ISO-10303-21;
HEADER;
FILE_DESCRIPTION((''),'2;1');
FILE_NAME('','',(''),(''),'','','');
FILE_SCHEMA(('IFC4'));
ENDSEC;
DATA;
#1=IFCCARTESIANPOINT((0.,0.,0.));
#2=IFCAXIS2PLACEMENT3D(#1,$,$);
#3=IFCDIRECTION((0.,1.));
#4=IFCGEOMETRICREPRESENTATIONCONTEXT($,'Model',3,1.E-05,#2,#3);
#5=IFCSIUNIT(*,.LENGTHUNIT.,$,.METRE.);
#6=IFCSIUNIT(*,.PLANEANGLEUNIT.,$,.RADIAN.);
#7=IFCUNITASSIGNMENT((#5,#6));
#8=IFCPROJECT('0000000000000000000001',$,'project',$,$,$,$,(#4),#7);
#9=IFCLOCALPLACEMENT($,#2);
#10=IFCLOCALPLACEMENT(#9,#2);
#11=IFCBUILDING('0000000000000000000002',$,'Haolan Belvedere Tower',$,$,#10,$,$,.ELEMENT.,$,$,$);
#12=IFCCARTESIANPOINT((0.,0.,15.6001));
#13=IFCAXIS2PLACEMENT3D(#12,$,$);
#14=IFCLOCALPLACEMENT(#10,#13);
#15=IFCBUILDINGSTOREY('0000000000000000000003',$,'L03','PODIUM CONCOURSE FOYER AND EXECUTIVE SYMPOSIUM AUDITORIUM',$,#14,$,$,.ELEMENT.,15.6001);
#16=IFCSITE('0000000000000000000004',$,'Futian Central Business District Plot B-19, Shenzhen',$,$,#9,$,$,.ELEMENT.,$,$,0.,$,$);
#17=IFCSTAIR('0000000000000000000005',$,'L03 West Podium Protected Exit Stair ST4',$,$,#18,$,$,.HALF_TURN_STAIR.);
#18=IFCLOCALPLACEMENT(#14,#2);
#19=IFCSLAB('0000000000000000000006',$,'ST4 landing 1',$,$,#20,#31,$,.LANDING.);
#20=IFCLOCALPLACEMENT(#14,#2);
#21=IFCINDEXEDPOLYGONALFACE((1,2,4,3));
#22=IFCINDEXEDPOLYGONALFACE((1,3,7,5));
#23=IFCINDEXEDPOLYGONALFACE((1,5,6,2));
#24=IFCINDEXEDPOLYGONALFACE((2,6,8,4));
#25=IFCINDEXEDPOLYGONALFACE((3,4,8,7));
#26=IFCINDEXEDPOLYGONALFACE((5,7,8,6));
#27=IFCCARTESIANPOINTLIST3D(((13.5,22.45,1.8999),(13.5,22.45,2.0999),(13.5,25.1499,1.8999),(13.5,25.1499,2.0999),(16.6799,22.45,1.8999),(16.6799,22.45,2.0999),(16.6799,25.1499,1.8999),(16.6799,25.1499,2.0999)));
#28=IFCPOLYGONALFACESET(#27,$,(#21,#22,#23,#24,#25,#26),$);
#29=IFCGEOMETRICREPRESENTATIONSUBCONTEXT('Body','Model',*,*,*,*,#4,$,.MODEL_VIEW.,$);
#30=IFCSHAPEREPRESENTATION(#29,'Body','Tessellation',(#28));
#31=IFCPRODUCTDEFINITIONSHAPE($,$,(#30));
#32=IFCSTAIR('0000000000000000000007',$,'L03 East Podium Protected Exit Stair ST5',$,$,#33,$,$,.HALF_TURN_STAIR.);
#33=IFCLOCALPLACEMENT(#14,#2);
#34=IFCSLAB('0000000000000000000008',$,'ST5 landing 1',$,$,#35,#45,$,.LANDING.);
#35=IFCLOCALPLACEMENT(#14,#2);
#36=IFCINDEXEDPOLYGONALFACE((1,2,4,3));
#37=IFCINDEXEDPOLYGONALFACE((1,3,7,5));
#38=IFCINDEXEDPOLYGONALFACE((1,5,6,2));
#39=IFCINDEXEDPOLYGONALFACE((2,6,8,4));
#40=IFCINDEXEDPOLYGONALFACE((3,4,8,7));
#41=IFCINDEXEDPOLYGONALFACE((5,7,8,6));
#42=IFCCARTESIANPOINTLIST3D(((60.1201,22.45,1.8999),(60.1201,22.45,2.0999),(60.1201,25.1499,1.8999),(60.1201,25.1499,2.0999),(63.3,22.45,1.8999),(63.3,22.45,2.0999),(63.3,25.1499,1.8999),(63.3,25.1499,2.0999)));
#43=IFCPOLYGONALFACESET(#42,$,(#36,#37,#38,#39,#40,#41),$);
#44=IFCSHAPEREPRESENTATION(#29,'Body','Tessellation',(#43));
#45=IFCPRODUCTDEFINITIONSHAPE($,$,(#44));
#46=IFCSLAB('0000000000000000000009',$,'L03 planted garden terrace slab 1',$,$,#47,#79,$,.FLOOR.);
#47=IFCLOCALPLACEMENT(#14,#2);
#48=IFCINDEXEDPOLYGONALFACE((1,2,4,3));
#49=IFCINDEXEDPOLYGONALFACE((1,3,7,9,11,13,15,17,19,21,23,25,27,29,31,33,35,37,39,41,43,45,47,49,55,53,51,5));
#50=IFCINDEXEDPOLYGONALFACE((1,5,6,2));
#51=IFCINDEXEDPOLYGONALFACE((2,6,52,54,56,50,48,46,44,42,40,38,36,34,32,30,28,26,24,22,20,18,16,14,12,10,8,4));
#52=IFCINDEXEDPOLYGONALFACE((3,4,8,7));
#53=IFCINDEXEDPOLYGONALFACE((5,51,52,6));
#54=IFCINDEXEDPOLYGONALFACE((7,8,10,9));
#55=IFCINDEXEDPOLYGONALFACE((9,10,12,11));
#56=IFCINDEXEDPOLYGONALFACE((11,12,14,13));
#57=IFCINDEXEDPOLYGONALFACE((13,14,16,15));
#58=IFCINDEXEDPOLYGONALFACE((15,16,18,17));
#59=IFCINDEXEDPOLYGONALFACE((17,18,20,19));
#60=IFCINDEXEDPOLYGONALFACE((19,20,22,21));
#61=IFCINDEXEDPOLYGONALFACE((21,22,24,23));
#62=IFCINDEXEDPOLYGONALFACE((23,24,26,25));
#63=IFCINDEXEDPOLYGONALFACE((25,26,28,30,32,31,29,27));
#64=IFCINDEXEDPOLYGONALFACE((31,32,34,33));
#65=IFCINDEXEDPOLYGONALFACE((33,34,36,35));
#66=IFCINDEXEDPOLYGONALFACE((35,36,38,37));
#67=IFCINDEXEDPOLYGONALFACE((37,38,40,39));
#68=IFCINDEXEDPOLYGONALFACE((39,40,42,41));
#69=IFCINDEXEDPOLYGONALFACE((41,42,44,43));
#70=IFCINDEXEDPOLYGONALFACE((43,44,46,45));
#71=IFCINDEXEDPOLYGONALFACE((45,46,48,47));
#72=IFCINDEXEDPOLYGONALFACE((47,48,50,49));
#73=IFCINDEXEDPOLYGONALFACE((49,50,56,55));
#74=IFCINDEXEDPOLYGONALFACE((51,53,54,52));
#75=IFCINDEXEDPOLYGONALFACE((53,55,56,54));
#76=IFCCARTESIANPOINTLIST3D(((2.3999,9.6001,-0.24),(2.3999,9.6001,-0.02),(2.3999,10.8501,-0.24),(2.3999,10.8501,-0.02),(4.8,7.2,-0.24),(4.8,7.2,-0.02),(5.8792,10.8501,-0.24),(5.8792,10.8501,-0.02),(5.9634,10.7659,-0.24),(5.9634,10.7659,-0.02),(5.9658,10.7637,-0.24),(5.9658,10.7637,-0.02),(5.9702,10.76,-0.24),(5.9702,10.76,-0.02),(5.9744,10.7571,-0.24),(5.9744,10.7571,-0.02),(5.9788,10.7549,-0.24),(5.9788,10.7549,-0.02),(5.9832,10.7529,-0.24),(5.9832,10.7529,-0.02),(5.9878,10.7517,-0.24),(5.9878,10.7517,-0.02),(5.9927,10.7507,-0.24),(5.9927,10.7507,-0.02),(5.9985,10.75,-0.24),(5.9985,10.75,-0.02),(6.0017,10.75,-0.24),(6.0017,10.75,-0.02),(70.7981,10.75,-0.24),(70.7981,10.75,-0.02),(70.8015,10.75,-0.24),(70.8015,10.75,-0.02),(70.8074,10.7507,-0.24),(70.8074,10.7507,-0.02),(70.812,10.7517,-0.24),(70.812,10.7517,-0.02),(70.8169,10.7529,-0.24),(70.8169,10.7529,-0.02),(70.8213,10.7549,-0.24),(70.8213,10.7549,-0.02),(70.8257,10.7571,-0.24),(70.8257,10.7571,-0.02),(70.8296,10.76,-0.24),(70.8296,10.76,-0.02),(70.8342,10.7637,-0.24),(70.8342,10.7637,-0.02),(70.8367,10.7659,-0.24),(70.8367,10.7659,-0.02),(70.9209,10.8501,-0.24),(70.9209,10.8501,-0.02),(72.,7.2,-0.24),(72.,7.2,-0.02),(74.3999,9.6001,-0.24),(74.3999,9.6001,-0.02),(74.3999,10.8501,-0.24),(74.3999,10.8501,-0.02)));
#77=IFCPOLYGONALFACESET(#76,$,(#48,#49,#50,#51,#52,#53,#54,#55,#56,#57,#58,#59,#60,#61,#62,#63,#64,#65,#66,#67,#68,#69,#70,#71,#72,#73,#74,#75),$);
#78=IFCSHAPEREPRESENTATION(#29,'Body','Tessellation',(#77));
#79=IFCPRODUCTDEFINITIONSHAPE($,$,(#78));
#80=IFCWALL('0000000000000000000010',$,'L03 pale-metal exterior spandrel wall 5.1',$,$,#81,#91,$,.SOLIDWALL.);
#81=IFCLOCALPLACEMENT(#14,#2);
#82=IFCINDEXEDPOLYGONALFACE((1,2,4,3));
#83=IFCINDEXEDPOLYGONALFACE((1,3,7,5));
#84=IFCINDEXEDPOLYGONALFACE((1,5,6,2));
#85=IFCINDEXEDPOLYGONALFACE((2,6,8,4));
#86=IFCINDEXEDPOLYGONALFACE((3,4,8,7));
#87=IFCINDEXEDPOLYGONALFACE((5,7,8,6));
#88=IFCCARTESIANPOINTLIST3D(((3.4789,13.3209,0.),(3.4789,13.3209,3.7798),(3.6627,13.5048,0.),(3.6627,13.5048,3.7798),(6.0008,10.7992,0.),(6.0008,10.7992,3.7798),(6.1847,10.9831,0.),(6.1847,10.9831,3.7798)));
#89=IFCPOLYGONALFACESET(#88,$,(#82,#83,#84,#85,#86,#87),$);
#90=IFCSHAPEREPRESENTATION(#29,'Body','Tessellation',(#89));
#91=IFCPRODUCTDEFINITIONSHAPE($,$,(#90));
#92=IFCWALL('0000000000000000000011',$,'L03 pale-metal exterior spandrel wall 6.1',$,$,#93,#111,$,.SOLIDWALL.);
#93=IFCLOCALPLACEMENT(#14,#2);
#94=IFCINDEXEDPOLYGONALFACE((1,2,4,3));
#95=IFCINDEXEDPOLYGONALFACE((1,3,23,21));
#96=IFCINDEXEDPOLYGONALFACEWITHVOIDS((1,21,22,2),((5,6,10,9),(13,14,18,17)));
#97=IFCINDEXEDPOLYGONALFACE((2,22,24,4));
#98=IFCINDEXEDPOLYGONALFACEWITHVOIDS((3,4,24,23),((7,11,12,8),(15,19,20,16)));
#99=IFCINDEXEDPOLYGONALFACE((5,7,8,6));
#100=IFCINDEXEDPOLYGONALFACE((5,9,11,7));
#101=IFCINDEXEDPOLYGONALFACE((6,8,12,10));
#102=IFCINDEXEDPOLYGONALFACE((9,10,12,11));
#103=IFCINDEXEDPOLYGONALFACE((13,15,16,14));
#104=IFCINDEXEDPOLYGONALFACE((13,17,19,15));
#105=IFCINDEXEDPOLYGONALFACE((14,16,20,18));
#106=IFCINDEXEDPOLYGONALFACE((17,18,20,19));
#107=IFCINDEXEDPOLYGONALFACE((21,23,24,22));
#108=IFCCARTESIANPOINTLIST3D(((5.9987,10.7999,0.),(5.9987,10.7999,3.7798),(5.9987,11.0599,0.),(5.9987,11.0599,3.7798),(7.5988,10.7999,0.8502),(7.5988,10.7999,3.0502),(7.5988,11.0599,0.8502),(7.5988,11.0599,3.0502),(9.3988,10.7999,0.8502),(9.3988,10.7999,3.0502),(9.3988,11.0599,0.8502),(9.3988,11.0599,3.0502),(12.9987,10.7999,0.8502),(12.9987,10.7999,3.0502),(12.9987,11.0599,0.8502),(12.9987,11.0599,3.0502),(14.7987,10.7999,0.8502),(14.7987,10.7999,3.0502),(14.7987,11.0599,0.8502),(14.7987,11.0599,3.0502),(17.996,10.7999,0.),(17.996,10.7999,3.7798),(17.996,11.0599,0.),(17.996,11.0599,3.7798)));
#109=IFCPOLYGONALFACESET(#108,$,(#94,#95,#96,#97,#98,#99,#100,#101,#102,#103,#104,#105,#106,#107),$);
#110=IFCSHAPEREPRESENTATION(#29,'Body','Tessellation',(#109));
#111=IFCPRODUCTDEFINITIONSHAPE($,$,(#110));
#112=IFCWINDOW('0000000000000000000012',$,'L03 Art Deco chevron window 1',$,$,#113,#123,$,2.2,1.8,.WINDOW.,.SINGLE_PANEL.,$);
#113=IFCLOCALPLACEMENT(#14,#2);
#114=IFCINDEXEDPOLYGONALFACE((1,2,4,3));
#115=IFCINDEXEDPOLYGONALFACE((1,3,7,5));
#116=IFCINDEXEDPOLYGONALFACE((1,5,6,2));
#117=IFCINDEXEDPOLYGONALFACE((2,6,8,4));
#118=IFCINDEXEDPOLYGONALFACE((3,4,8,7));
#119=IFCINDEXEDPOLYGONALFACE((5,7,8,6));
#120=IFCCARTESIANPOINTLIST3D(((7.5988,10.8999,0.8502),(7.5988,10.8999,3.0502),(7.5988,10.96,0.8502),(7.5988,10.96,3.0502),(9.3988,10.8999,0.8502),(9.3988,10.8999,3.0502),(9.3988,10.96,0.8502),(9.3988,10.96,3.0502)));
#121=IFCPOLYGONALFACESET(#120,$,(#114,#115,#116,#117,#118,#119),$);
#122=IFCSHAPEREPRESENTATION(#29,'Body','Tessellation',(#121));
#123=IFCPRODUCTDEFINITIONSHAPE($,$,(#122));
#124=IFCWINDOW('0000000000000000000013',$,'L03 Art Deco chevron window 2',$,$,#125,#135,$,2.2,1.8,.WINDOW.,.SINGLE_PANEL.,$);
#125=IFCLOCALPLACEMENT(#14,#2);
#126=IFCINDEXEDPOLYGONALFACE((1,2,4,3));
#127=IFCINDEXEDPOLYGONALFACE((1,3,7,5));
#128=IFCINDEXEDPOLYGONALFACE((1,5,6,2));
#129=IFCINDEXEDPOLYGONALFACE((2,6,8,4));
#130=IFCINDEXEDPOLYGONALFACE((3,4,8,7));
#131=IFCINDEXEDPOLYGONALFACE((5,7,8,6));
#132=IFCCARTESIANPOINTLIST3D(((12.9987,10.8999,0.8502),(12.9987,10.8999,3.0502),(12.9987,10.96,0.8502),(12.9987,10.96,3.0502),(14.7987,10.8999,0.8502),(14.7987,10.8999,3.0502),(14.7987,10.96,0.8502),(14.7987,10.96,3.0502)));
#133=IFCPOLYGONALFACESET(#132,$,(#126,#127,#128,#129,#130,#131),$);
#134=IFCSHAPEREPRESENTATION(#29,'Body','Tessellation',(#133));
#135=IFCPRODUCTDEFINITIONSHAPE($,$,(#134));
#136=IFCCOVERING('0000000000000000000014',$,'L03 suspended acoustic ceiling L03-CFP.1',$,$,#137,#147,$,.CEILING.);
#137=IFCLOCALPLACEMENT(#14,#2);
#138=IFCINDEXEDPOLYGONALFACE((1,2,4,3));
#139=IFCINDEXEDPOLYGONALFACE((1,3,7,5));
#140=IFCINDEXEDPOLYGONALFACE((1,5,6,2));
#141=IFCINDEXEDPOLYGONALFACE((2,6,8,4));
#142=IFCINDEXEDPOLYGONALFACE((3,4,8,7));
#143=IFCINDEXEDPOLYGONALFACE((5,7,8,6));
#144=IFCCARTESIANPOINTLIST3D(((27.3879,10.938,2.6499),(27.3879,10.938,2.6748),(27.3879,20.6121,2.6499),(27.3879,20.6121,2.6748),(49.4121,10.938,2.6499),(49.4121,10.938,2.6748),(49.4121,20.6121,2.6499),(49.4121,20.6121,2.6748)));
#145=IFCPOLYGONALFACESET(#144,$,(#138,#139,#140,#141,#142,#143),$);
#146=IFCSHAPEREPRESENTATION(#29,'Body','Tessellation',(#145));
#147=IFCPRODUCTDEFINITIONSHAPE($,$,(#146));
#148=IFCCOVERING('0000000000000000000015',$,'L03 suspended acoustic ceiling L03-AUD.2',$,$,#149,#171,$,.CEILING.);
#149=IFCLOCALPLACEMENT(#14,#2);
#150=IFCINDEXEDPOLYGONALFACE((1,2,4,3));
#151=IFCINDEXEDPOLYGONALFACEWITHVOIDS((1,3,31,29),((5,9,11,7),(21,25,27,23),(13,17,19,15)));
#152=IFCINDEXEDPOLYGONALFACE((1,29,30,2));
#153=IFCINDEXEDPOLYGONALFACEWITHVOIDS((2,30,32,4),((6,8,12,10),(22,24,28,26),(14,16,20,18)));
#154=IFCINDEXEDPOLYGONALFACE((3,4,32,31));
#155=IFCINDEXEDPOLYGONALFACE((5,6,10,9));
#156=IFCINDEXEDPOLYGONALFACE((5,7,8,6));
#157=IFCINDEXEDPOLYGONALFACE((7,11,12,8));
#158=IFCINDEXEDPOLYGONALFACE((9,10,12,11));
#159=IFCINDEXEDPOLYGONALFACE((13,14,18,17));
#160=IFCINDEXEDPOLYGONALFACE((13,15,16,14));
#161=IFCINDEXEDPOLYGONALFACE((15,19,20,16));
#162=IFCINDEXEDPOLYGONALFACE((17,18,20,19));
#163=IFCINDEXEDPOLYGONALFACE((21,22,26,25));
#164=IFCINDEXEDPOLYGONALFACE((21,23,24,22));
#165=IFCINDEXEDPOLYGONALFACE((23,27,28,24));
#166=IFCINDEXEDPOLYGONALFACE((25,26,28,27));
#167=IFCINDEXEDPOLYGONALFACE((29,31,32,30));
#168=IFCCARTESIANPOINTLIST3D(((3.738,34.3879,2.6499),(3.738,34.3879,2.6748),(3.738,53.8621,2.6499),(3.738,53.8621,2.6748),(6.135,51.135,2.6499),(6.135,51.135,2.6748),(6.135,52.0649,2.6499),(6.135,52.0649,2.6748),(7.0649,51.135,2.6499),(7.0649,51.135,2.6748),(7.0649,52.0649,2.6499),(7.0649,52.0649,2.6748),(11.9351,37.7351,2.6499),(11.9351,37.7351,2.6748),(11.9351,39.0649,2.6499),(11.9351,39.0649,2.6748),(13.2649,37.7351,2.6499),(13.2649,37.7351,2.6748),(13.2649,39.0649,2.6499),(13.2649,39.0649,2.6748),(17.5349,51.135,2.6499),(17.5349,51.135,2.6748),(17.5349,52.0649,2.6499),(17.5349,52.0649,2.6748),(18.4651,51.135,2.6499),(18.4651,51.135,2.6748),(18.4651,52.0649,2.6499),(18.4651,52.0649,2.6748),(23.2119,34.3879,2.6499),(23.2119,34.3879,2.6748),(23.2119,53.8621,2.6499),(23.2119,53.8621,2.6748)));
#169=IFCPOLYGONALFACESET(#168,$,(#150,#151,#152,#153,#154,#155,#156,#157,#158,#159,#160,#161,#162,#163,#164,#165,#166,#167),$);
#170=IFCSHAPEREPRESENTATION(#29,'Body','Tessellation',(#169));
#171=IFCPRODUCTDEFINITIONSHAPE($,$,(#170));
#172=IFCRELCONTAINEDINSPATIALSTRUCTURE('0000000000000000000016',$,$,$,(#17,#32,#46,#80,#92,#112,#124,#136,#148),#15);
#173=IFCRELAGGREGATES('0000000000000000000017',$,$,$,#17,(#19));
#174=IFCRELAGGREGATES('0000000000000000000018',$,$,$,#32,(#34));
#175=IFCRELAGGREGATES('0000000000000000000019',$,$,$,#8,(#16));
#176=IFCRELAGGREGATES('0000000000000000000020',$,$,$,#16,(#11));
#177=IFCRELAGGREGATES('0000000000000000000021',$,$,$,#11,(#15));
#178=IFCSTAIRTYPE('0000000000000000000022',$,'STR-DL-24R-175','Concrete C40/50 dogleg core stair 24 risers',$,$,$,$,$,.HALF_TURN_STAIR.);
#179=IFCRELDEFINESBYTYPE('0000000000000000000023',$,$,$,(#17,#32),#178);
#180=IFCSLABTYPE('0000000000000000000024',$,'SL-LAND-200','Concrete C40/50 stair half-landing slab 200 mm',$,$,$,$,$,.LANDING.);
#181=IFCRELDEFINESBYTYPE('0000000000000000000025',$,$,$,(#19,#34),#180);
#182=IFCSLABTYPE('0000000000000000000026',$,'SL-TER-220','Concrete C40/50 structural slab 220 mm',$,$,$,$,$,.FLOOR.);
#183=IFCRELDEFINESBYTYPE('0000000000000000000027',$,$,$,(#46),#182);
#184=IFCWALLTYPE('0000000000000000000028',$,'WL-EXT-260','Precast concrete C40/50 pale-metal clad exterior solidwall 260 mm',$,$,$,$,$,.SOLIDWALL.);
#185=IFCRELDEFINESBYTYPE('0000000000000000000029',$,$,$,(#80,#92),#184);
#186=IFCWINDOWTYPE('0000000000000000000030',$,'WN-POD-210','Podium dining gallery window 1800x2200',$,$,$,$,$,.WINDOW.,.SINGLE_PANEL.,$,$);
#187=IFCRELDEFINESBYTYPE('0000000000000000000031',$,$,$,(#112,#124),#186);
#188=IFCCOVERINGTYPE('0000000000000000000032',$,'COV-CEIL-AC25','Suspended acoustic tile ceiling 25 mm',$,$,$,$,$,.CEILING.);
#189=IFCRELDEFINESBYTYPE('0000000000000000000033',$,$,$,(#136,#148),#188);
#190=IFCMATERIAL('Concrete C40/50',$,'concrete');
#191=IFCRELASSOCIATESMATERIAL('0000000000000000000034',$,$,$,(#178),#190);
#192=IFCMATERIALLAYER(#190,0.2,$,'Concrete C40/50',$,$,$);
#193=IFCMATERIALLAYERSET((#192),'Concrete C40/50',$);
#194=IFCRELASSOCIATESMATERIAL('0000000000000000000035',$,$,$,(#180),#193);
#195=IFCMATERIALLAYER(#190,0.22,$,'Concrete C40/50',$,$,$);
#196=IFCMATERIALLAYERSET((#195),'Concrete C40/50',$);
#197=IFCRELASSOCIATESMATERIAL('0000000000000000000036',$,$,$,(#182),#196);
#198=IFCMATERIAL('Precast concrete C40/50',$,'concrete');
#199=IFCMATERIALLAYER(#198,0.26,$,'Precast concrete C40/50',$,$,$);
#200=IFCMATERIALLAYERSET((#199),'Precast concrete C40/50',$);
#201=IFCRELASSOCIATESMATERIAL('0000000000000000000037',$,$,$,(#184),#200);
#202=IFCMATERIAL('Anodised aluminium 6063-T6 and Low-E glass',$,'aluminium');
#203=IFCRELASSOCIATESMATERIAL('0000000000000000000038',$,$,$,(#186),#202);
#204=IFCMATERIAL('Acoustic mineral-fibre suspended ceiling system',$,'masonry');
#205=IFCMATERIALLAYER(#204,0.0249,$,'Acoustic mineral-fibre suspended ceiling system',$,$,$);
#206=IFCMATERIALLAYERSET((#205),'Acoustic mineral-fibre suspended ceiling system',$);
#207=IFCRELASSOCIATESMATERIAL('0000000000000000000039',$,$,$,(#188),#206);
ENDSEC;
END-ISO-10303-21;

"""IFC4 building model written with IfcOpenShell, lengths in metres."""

from ifc_helpers import new_model, si_unit, direction, frame, frame_2d, origin, place, context, subcontext, project, spatial, polyline, rectangle, outline, extrude, material, layer, layer_set, type_object, element, fill, aggregate, save


model = new_model("IFC4")

# Units and contexts
model_context = context("Model", 3, precision=1e-05, world=origin(), true_north=direction((0.0, 1.0)))
body_context = subcontext(model_context, "Body", "Model", "MODEL_VIEW")
ifc_project = project(units=[si_unit("LENGTHUNIT", "METRE"), si_unit("PLANEANGLEUNIT", "RADIAN")], contexts=[model_context])

# Site, building, storey
site_placement = place(None, origin())
site = spatial("IfcSite", under=ifc_project, at=site_placement, Name="Futian Central Business District Plot B-19, Shenzhen", CompositionType="ELEMENT", RefElevation=0.0)
building_placement = place(site_placement, origin())
building = spatial("IfcBuilding", under=site, at=building_placement, Name="Haolan Belvedere Tower", CompositionType="ELEMENT")
storey_placement = place(building_placement, frame((0.0, 0.0, 15.6001)))
storey = spatial("IfcBuildingStorey", under=building, at=storey_placement, Name="L03", Description="PODIUM CONCOURSE FOYER AND EXECUTIVE SYMPOSIUM AUDITORIUM", CompositionType="ELEMENT", Elevation=15.6001)

# Shared definitions
ifc_material_1 = material(Name="Concrete C40/50", Category="concrete")

# Stairs, slabs
stair_type = type_object("IfcStairType", Name="STR-DL-24R-175", Description="Concrete C40/50 dogleg core stair 24 risers", PredefinedType="HALF_TURN_STAIR", material=ifc_material_1)
ifc_layer_1 = layer(ifc_material_1, 0.2, Name="Concrete C40/50")
ifc_layer_set_1 = layer_set([ifc_layer_1], Name="Concrete C40/50")
slab_type_1 = type_object("IfcSlabType", Name="SL-LAND-200", Description="Concrete C40/50 stair half-landing slab 200 mm", PredefinedType="LANDING", material=ifc_layer_set_1)
stair_1_placement = place(storey_placement, origin())
stair_1 = element("IfcStair", 1, at=stair_1_placement, inside=storey, type_object=stair_type, Name="L03 West Podium Protected Exit Stair ST4", PredefinedType="HALF_TURN_STAIR")
slab_1_placement = place(storey_placement, frame((0.0, 0.0, 1.8999)))
slab_1 = element("IfcSlab", 2, at=slab_1_placement, type_object=slab_type_1, Name="ST4 landing 1", PredefinedType="LANDING", context=body_context, shape_type="SweptSolid", body=[
    extrude(outline(polyline([(13.5, 25.1499), (13.5, 22.45), (16.6799, 22.45), (16.6799, 25.1499), (13.5, 25.1499)])), origin(), (0.0, 0.0, 1.0), 0.2),
])
aggregate(stair_1, [slab_1])
stair_2_placement = place(storey_placement, origin())
stair_2 = element("IfcStair", 3, at=stair_2_placement, inside=storey, type_object=stair_type, Name="L03 East Podium Protected Exit Stair ST5", PredefinedType="HALF_TURN_STAIR")
slab_2_placement = place(storey_placement, frame((0.0, 0.0, 1.8999)))
slab_2 = element("IfcSlab", 4, at=slab_2_placement, type_object=slab_type_1, Name="ST5 landing 1", PredefinedType="LANDING", context=body_context, shape_type="SweptSolid", body=[
    extrude(outline(polyline([(60.1201, 25.1499), (60.1201, 22.45), (63.3, 22.45), (63.3, 25.1499), (60.1201, 25.1499)])), origin(), (0.0, 0.0, 1.0), 0.2),
])
aggregate(stair_2, [slab_2])

# Slab
ifc_layer_2 = layer(ifc_material_1, 0.22, Name="Concrete C40/50")
ifc_layer_set_2 = layer_set([ifc_layer_2], Name="Concrete C40/50")
slab_type_2 = type_object("IfcSlabType", Name="SL-TER-220", Description="Concrete C40/50 structural slab 220 mm", PredefinedType="FLOOR", material=ifc_layer_set_2)
slab_3_placement = place(storey_placement, frame((0.0, 0.0, -0.24)))
element("IfcSlab", 5, at=slab_3_placement, inside=storey, type_object=slab_type_2, Name="L03 planted garden terrace slab 1", PredefinedType="FLOOR", context=body_context, shape_type="SweptSolid", body=[
    extrude(outline(polyline([(74.3999, 10.8501), (70.9209, 10.8501), (70.8367, 10.7659), (70.8342, 10.7637), (70.8296, 10.76), (70.8257, 10.7571), (70.8213, 10.7549), (70.8169, 10.7529), (70.812, 10.7517), (70.8074, 10.7507), (70.8015, 10.75), (70.7981, 10.75), (6.0017, 10.75), (5.9985, 10.75), (5.9927, 10.7507), (5.9878, 10.7517), (5.9832, 10.7529), (5.9788, 10.7549), (5.9744, 10.7571), (5.9702, 10.76), (5.9658, 10.7637), (5.9634, 10.7659), (5.8792, 10.8501), (2.3999, 10.8501), (2.3999, 9.6001), (4.8, 7.2), (72.0, 7.2), (74.3999, 9.6001), (74.3999, 10.8501)])), origin(), (0.0, 0.0, 1.0), 0.22),
])

# Wall
ifc_material_2 = material(Name="Precast concrete C40/50", Category="concrete")
ifc_layer_3 = layer(ifc_material_2, 0.26, Name="Precast concrete C40/50")
ifc_layer_set_3 = layer_set([ifc_layer_3], Name="Precast concrete C40/50")
wall_type = type_object("IfcWallType", Name="WL-EXT-260", Description="Precast concrete C40/50 pale-metal clad exterior solidwall 260 mm", PredefinedType="SOLIDWALL", material=ifc_layer_set_3)
wall_1_placement = place(storey_placement, frame((3.5708, 13.4128, 0.0), z_axis=(0.0, 0.0, 1.0), x_axis=(0.707141, -0.707073, 0.0)))
element("IfcWall", 6, at=wall_1_placement, inside=storey, type_object=wall_type, Name="L03 pale-metal exterior spandrel wall 5.1", PredefinedType="SOLIDWALL", context=body_context, shape_type="SweptSolid", body=[
    extrude(rectangle(XDim=3.5664, YDim=0.26, at=frame_2d((1.7832, 0.0))), origin(), (0.0, 0.0, 1.0), 3.7798),
])

# Wall, openings, windows
wall_2_placement = place(storey_placement, frame((5.9988, 10.9299, 0.0), z_axis=(0.0, 0.0, 1.0), x_axis=(1.0, 0.0, 0.0)))
wall_2 = element("IfcWall", 7, at=wall_2_placement, inside=storey, type_object=wall_type, Name="L03 pale-metal exterior spandrel wall 6.1", PredefinedType="SOLIDWALL", context=body_context, shape_type="SweptSolid", body=[
    extrude(rectangle(XDim=11.9973, YDim=0.26, at=frame_2d((5.9985, 0.0))), origin(), (0.0, 0.0, 1.0), 3.7798),
])
opening_1_placement = place(wall_2_placement, frame((1.6001, 0.0, 0.8501)))
opening_1 = element("IfcOpeningElement", 8, at=opening_1_placement, cuts=wall_2, PredefinedType="OPENING", context=body_context, shape_type="SweptSolid", body=[
    extrude(rectangle(XDim=1.8, YDim=2.2, at=frame_2d((0.8999, 1.1001))), frame((0.0, 0.1399, 0.0), z_axis=(0.0, -1.0, 0.0), x_axis=(1.0, 0.0, 0.0)), (0.0, 0.0, 1.0), 0.28),
])
opening_2_placement = place(wall_2_placement, frame((7.0, 0.0, 0.8501)))
opening_2 = element("IfcOpeningElement", 9, at=opening_2_placement, cuts=wall_2, PredefinedType="OPENING", context=body_context, shape_type="SweptSolid", body=[
    extrude(rectangle(XDim=1.8, YDim=2.2, at=frame_2d((0.8999, 1.1001))), frame((0.0, 0.1399, 0.0), z_axis=(0.0, -1.0, 0.0), x_axis=(1.0, 0.0, 0.0)), (0.0, 0.0, 1.0), 0.28),
])
ifc_material_3 = material(Name="Anodised aluminium 6063-T6 and Low-E glass", Category="aluminium")
window_type = type_object("IfcWindowType", Name="WN-POD-210", Description="Podium dining gallery window 1800x2200", PartitioningType="SINGLE_PANEL", PredefinedType="WINDOW", material=ifc_material_3)
window_1_placement = place(opening_1_placement, origin())
window_1 = element("IfcWindow", 10, at=window_1_placement, inside=storey, type_object=window_type, Name="L03 Art Deco chevron window 1", OverallHeight=2.2, OverallWidth=1.8, PartitioningType="SINGLE_PANEL", PredefinedType="WINDOW", context=body_context, shape_type="SweptSolid", body=[
    extrude(rectangle(XDim=1.8, YDim=2.2, at=frame_2d((0.8999, 1.1001))), frame((0.0, 0.03, 0.0), z_axis=(0.0, -1.0, 0.0), x_axis=(1.0, 0.0, 0.0)), (0.0, 0.0, 1.0), 0.0601),
])
fill(opening_1, window_1)
window_2_placement = place(opening_2_placement, origin())
window_2 = element("IfcWindow", 11, at=window_2_placement, inside=storey, type_object=window_type, Name="L03 Art Deco chevron window 2", OverallHeight=2.2, OverallWidth=1.8, PartitioningType="SINGLE_PANEL", PredefinedType="WINDOW", context=body_context, shape_type="SweptSolid", body=[
    extrude(rectangle(XDim=1.8, YDim=2.2, at=frame_2d((0.8999, 1.1001))), frame((0.0, 0.03, 0.0), z_axis=(0.0, -1.0, 0.0), x_axis=(1.0, 0.0, 0.0)), (0.0, 0.0, 1.0), 0.0601),
])
fill(opening_2, window_2)

# Coverings
ifc_material_4 = material(Name="Acoustic mineral-fibre suspended ceiling system", Category="masonry")
ifc_layer_4 = layer(ifc_material_4, 0.0249, Name="Acoustic mineral-fibre suspended ceiling system")
ifc_layer_set_4 = layer_set([ifc_layer_4], Name="Acoustic mineral-fibre suspended ceiling system")
covering_type_1 = type_object("IfcCoveringType", Name="COV-CEIL-AC25", Description="Suspended acoustic tile ceiling 25 mm", PredefinedType="CEILING", material=ifc_layer_set_4)
covering_1_placement = place(storey_placement, frame((0.0, 0.0, 2.6499)))
element("IfcCovering", 12, at=covering_1_placement, inside=storey, type_object=covering_type_1, Name="L03 suspended acoustic ceiling L03-CFP.1", PredefinedType="CEILING", context=body_context, shape_type="SweptSolid", body=[
    extrude(outline(polyline([(49.4121, 10.938), (49.4121, 20.6121), (27.3879, 20.6121), (27.3879, 10.938), (49.4121, 10.938)])), origin(), (0.0, 0.0, 1.0), 0.0249),
])
covering_2_placement = place(storey_placement, frame((0.0, 0.0, 2.6499)))
element("IfcCovering", 13, at=covering_2_placement, inside=storey, type_object=covering_type_1, Name="L03 suspended acoustic ceiling L03-AUD.2", PredefinedType="CEILING", context=body_context, shape_type="SweptSolid", body=[
    extrude(outline(polyline([(23.2119, 34.3879), (23.2119, 53.8621), (3.738, 53.8621), (3.738, 34.3879), (23.2119, 34.3879)]), holes=[polyline([(17.5349, 51.135), (17.5349, 52.0649), (18.4651, 52.0649), (18.4651, 51.135), (17.5349, 51.135)]), polyline([(11.9351, 37.7351), (11.9351, 39.0649), (13.2649, 39.0649), (13.2649, 37.7351), (11.9351, 37.7351)]), polyline([(6.135, 51.135), (6.135, 52.0649), (7.0649, 52.0649), (7.0649, 51.135), (6.135, 51.135)])]), origin(), (0.0, 0.0, 1.0), 0.0249),
])

save(model, "model.ifc")
